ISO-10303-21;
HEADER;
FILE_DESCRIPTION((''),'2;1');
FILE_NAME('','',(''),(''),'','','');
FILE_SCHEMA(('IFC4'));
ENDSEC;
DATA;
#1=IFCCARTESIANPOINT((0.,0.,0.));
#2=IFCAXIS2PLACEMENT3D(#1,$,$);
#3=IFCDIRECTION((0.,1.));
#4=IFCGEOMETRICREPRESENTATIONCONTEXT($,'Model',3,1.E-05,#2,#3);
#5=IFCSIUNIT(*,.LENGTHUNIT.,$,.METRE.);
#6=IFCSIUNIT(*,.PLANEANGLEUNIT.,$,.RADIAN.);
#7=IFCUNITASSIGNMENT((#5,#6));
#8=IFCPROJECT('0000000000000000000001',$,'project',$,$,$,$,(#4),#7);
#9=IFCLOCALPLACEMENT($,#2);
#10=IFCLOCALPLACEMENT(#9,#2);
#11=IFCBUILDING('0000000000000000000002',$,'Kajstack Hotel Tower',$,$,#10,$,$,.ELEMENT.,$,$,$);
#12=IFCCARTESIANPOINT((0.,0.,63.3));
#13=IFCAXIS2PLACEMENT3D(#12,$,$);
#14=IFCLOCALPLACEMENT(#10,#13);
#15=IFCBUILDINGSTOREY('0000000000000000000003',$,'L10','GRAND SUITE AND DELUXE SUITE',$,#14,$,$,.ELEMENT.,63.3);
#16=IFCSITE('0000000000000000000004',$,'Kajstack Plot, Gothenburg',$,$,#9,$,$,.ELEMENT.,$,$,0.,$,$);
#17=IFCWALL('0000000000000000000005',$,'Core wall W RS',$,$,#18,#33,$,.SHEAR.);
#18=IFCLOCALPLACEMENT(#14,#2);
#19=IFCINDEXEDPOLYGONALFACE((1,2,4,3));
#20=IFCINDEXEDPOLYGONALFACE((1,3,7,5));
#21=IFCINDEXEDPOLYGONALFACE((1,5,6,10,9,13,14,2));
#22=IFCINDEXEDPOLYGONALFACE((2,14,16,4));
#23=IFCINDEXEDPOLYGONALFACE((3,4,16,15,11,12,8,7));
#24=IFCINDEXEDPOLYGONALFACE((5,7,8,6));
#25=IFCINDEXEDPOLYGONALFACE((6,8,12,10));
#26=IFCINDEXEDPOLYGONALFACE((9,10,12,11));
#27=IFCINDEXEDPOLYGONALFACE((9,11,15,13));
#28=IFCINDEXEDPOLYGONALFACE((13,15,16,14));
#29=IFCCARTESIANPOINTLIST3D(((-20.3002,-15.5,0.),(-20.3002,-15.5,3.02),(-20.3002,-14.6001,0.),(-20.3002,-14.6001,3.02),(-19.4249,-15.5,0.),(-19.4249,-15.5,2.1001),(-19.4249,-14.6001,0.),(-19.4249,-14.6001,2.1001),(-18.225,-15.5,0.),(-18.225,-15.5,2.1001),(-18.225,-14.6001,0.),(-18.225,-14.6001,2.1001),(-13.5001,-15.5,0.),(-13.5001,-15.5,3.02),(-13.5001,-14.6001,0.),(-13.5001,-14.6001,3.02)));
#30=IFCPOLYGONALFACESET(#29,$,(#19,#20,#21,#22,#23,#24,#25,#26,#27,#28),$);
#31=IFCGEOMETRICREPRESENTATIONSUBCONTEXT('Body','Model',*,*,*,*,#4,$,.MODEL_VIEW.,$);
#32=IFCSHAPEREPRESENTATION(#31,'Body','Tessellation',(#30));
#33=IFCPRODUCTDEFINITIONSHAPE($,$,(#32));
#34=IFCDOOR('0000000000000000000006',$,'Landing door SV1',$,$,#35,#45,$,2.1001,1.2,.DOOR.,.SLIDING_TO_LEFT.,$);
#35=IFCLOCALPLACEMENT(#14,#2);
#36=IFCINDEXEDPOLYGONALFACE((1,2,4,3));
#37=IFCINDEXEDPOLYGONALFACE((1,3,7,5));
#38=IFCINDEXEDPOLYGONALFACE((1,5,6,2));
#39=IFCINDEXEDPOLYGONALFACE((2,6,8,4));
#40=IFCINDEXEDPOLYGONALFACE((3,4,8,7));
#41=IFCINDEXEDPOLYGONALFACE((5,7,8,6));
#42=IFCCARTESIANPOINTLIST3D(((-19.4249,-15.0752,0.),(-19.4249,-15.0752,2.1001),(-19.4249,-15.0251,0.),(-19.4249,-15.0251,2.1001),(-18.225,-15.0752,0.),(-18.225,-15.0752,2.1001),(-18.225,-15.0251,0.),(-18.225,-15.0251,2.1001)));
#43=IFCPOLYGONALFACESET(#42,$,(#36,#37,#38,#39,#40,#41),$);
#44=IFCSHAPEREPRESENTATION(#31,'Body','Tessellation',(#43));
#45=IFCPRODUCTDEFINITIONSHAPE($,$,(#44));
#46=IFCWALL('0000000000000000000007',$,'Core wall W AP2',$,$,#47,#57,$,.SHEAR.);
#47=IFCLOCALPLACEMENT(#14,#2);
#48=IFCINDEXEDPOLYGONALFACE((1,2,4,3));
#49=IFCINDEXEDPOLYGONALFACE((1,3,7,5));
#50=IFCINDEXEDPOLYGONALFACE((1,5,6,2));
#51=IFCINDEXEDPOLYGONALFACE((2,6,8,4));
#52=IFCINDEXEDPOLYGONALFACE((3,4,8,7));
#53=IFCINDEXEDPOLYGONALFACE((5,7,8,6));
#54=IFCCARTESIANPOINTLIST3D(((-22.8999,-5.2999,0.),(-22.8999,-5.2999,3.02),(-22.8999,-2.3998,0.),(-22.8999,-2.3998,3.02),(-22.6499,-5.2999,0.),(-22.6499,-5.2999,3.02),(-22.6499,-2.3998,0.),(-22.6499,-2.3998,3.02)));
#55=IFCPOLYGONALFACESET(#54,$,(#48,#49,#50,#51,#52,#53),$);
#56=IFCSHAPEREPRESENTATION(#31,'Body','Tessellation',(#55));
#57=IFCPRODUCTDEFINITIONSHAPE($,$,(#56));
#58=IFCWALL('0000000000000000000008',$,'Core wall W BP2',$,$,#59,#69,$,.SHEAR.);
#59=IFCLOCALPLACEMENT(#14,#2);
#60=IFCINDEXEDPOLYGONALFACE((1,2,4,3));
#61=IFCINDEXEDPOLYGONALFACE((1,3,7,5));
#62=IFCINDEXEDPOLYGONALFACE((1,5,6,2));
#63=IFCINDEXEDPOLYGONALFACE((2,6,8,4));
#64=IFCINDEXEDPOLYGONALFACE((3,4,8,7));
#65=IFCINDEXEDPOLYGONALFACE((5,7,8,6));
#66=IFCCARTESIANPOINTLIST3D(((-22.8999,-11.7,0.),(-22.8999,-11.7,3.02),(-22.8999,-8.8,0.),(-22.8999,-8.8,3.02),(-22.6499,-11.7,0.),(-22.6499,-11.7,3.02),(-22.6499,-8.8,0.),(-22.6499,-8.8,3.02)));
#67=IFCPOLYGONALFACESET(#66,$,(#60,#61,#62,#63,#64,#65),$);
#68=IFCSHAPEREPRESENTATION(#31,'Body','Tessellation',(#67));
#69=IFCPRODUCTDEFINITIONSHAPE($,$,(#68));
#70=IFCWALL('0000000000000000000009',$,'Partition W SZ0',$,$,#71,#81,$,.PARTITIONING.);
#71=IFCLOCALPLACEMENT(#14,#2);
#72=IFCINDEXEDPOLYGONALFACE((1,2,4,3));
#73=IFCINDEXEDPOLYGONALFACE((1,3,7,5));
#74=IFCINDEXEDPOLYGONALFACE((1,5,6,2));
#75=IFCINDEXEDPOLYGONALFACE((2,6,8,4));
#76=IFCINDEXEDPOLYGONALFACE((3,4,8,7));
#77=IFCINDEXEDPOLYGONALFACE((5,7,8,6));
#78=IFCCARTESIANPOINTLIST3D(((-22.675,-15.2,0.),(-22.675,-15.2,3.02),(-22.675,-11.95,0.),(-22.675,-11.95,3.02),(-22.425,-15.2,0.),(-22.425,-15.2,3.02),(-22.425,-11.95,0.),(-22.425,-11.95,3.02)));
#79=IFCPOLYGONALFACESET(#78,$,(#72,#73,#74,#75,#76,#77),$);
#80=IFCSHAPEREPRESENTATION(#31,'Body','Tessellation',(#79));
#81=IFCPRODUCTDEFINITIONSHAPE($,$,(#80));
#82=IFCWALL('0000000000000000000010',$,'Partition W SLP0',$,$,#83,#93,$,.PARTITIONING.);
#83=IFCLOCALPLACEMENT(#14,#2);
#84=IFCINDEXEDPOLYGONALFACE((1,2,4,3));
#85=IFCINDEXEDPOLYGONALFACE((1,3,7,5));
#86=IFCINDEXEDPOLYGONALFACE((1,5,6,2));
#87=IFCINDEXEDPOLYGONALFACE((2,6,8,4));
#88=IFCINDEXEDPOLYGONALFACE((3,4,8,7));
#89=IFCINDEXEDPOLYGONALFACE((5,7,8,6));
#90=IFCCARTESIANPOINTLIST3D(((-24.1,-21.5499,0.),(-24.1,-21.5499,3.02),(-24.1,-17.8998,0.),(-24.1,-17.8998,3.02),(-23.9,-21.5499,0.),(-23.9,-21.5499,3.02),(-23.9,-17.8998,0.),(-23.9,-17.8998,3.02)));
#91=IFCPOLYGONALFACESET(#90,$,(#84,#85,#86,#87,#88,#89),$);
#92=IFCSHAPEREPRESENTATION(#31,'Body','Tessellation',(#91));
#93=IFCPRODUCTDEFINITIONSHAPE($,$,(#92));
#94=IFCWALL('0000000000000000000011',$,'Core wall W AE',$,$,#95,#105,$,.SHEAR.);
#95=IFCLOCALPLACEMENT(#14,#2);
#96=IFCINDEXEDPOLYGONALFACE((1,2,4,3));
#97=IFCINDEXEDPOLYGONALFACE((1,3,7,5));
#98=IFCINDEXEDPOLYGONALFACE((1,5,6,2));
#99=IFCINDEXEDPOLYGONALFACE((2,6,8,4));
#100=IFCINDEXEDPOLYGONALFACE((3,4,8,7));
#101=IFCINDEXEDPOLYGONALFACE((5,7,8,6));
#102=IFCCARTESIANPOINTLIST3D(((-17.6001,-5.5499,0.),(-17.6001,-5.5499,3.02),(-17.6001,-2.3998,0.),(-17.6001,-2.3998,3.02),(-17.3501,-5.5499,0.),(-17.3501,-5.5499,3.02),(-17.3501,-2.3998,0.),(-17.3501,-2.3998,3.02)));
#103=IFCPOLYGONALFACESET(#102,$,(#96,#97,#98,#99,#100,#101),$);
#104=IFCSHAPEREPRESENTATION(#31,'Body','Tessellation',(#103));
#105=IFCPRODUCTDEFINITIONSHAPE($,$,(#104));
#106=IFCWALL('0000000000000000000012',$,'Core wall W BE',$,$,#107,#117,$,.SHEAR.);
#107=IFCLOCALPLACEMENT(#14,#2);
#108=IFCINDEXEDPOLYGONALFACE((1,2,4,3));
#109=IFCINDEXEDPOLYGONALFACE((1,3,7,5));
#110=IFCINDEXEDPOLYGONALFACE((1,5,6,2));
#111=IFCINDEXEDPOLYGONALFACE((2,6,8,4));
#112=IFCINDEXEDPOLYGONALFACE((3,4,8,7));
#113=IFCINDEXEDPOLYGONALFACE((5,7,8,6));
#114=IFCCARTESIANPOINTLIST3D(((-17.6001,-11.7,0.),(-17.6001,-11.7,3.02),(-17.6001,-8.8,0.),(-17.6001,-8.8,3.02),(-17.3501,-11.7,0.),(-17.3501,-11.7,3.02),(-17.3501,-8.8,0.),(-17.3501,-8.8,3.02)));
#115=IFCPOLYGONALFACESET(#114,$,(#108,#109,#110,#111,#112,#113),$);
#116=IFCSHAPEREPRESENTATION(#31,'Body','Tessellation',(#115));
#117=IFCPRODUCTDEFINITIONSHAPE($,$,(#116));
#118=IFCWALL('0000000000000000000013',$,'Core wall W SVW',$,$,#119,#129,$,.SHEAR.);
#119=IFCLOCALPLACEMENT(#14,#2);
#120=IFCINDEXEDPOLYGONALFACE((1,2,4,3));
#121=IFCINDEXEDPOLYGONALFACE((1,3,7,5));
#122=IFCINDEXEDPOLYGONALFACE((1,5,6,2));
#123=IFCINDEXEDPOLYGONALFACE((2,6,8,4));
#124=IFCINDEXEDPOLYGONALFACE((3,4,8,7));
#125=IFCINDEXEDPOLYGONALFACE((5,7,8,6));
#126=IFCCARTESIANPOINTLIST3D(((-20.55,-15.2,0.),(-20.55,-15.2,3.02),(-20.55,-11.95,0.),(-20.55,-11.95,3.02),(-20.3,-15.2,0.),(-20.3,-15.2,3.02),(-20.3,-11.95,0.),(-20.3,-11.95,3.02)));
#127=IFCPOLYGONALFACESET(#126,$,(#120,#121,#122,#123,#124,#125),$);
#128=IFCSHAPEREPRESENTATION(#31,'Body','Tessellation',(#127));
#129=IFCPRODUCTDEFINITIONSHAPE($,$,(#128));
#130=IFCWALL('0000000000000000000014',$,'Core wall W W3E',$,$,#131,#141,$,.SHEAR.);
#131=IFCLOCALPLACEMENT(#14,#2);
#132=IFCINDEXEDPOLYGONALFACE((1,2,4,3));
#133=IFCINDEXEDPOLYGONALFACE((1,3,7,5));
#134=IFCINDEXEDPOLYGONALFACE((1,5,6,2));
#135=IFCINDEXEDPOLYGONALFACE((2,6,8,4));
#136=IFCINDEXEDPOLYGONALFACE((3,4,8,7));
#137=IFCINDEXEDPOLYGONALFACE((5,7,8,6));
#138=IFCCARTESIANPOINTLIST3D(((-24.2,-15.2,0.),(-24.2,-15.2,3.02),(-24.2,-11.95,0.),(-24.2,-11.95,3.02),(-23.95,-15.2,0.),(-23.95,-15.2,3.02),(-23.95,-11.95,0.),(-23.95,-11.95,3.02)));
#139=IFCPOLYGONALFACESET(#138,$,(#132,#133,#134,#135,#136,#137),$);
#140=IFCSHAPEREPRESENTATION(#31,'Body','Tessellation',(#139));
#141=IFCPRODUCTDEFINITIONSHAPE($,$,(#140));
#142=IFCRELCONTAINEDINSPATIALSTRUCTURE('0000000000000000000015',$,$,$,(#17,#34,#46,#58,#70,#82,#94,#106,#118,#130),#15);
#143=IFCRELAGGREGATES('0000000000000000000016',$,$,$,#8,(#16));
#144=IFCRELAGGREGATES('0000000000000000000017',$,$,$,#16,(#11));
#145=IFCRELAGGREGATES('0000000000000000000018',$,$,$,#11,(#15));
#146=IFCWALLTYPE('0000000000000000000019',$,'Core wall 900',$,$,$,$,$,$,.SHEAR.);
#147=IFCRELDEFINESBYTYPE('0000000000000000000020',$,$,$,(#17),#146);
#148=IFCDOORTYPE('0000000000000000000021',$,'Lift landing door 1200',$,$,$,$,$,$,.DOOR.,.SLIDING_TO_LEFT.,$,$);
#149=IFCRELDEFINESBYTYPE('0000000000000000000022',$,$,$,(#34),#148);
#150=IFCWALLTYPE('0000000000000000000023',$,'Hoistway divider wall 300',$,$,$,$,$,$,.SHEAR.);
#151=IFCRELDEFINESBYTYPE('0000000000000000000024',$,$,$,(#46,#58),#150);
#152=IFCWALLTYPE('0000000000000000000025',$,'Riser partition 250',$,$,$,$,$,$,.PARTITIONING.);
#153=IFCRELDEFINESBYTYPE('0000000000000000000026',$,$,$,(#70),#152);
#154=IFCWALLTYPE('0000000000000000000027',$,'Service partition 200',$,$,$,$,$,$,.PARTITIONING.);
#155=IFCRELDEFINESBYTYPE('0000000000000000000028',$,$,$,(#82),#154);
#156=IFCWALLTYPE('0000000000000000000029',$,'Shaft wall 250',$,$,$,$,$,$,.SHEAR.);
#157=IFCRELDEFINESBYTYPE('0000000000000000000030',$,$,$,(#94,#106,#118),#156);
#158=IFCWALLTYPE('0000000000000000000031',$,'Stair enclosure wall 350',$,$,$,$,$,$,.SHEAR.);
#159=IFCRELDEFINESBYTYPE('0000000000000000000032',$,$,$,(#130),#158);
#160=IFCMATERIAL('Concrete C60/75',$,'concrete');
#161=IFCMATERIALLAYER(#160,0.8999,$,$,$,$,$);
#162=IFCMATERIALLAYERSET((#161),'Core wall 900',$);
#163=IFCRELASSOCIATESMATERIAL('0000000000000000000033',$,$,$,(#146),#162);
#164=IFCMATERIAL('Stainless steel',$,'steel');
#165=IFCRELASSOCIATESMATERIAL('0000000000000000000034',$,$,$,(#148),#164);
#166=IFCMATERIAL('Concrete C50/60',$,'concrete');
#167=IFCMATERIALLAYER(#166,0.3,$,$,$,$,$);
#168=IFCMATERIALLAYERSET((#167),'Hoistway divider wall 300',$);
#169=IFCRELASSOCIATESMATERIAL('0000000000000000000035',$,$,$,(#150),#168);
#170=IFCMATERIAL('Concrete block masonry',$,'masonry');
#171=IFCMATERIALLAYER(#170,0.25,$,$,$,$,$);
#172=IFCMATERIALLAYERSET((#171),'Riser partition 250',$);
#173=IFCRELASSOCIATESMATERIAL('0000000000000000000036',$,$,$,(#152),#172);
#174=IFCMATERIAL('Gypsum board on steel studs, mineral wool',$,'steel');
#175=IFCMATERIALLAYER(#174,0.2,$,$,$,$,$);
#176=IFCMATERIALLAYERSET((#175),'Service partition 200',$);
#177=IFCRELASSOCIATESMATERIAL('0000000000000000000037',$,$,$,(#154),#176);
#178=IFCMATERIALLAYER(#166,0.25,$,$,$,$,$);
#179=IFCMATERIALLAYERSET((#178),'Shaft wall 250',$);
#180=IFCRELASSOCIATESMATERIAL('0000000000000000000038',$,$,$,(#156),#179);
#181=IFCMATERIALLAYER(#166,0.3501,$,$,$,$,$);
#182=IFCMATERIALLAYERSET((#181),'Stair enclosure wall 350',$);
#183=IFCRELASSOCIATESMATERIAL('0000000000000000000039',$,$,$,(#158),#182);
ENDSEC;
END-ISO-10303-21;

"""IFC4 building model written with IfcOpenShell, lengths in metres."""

from ifc_helpers import new_model, si_unit, direction, frame, frame_2d, origin, place, context, subcontext, project, spatial, rectangle, extrude, material, layer, layer_set, type_object, element, fill, save


model = new_model("IFC4")

# Units and contexts
model_context = context("Model", 3, precision=1e-05, world=origin(), true_north=direction((0.0, 1.0)))
body_context = subcontext(model_context, "Body", "Model", "MODEL_VIEW")
ifc_project = project(units=[si_unit("LENGTHUNIT", "METRE"), si_unit("PLANEANGLEUNIT", "RADIAN")], contexts=[model_context])

# Site, building, storey
site_placement = place(None, origin())
site = spatial("IfcSite", under=ifc_project, at=site_placement, Name="Kajstack Plot, Gothenburg", CompositionType="ELEMENT", RefElevation=0.0)
building_placement = place(site_placement, origin())
building = spatial("IfcBuilding", under=site, at=building_placement, Name="Kajstack Hotel Tower", CompositionType="ELEMENT")
storey_placement = place(building_placement, frame((0.0, 0.0, 63.3)))
storey = spatial("IfcBuildingStorey", under=building, at=storey_placement, Name="L10", Description="GRAND SUITE AND DELUXE SUITE", CompositionType="ELEMENT", Elevation=63.3)

# Wall, opening, door
ifc_material_1 = material(Name="Concrete C60/75", Category="concrete")
ifc_layer_1 = layer(ifc_material_1, 0.8999)
ifc_layer_set_1 = layer_set([ifc_layer_1], Name="Core wall 900")
wall_type_1 = type_object("IfcWallType", Name="Core wall 900", PredefinedType="SHEAR", material=ifc_layer_set_1)
wall_1_placement = place(storey_placement, frame((-20.3, -15.05, 0.0), z_axis=(0.0, 0.0, 1.0), x_axis=(1.0, 0.0, 0.0)))
wall_1 = element("IfcWall", 1, at=wall_1_placement, inside=storey, type_object=wall_type_1, Name="Core wall W RS", PredefinedType="SHEAR", context=body_context, shape_type="SweptSolid", body=[
    extrude(rectangle(XDim=6.8, YDim=0.8999, at=frame_2d((3.3999, 0.0))), origin(), (0.0, 0.0, 1.0), 3.02),
])
opening_placement = place(wall_1_placement, frame((0.875, 0.0, 0.0)))
opening = element("IfcOpeningElement", 2, at=opening_placement, cuts=wall_1, PredefinedType="OPENING", context=body_context, shape_type="SweptSolid", body=[
    extrude(rectangle(XDim=1.2, YDim=2.1001, at=frame_2d((0.6001, 1.05))), frame((0.0, 0.46, 0.0), z_axis=(0.0, -1.0, 0.0), x_axis=(1.0, 0.0, 0.0)), (0.0, 0.0, 1.0), 0.9199),
])
ifc_material_2 = material(Name="Stainless steel", Category="steel")
door_type = type_object("IfcDoorType", Name="Lift landing door 1200", OperationType="SLIDING_TO_LEFT", PredefinedType="DOOR", material=ifc_material_2)
door_placement = place(opening_placement, origin())
door = element("IfcDoor", 3, at=door_placement, inside=storey, type_object=door_type, Name="Landing door SV1", OperationType="SLIDING_TO_LEFT", OverallHeight=2.1001, OverallWidth=1.2, PredefinedType="DOOR", context=body_context, shape_type="SweptSolid", body=[
    extrude(rectangle(XDim=1.2, YDim=2.1001, at=frame_2d((0.6001, 1.05))), frame((0.0, 0.0249, 0.0), z_axis=(0.0, -1.0, 0.0), x_axis=(1.0, 0.0, 0.0)), (0.0, 0.0, 1.0), 0.05),
])
fill(opening, door)

# Walls
ifc_material_3 = material(Name="Concrete C50/60", Category="concrete")
ifc_layer_2 = layer(ifc_material_3, 0.3)
ifc_layer_set_2 = layer_set([ifc_layer_2], Name="Hoistway divider wall 300")
wall_type_2 = type_object("IfcWallType", Name="Hoistway divider wall 300", PredefinedType="SHEAR", material=ifc_layer_set_2)
wall_2_placement = place(storey_placement, frame((-22.7749, -5.3, 0.0), z_axis=(0.0, 0.0, 1.0), x_axis=(0.0, 1.0, 0.0)))
element("IfcWall", 4, at=wall_2_placement, inside=storey, type_object=wall_type_2, Name="Core wall W AP2", PredefinedType="SHEAR", context=body_context, shape_type="SweptSolid", body=[
    extrude(rectangle(XDim=2.9001, YDim=0.25, at=frame_2d((1.4502, 0.0))), origin(), (0.0, 0.0, 1.0), 3.02),
])
wall_3_placement = place(storey_placement, frame((-22.7749, -11.7, 0.0), z_axis=(0.0, 0.0, 1.0), x_axis=(0.0, 1.0, 0.0)))
element("IfcWall", 5, at=wall_3_placement, inside=storey, type_object=wall_type_2, Name="Core wall W BP2", PredefinedType="SHEAR", context=body_context, shape_type="SweptSolid", body=[
    extrude(rectangle(XDim=2.8999, YDim=0.25, at=frame_2d((1.45, 0.0))), origin(), (0.0, 0.0, 1.0), 3.02),
])
ifc_material_4 = material(Name="Concrete block masonry", Category="masonry")
ifc_layer_3 = layer(ifc_material_4, 0.25)
ifc_layer_set_3 = layer_set([ifc_layer_3], Name="Riser partition 250")
wall_type_3 = type_object("IfcWallType", Name="Riser partition 250", PredefinedType="PARTITIONING", material=ifc_layer_set_3)
wall_4_placement = place(storey_placement, frame((-22.55, -15.2, 0.0), z_axis=(0.0, 0.0, 1.0), x_axis=(0.0, 1.0, 0.0)))
element("IfcWall", 6, at=wall_4_placement, inside=storey, type_object=wall_type_3, Name="Partition W SZ0", PredefinedType="PARTITIONING", context=body_context, shape_type="SweptSolid", body=[
    extrude(rectangle(XDim=3.25, YDim=0.25, at=frame_2d((1.625, 0.0))), origin(), (0.0, 0.0, 1.0), 3.02),
])
ifc_material_5 = material(Name="Gypsum board on steel studs, mineral wool", Category="steel")
ifc_layer_4 = layer(ifc_material_5, 0.2)
ifc_layer_set_4 = layer_set([ifc_layer_4], Name="Service partition 200")
wall_type_4 = type_object("IfcWallType", Name="Service partition 200", PredefinedType="PARTITIONING", material=ifc_layer_set_4)
wall_5_placement = place(storey_placement, frame((-24.0, -21.55, 0.0), z_axis=(0.0, 0.0, 1.0), x_axis=(0.0, 1.0, 0.0)))
element("IfcWall", 7, at=wall_5_placement, inside=storey, type_object=wall_type_4, Name="Partition W SLP0", PredefinedType="PARTITIONING", context=body_context, shape_type="SweptSolid", body=[
    extrude(rectangle(XDim=3.6501, YDim=0.2, at=frame_2d((1.8252, 0.0))), origin(), (0.0, 0.0, 1.0), 3.02),
])
ifc_layer_5 = layer(ifc_material_3, 0.25)
ifc_layer_set_5 = layer_set([ifc_layer_5], Name="Shaft wall 250")
wall_type_5 = type_object("IfcWallType", Name="Shaft wall 250", PredefinedType="SHEAR", material=ifc_layer_set_5)
wall_6_placement = place(storey_placement, frame((-17.4751, -5.55, 0.0), z_axis=(0.0, 0.0, 1.0), x_axis=(0.0, 1.0, 0.0)))
element("IfcWall", 8, at=wall_6_placement, inside=storey, type_object=wall_type_5, Name="Core wall W AE", PredefinedType="SHEAR", context=body_context, shape_type="SweptSolid", body=[
    extrude(rectangle(XDim=3.1501, YDim=0.25, at=frame_2d((1.5752, 0.0))), origin(), (0.0, 0.0, 1.0), 3.02),
])
wall_7_placement = place(storey_placement, frame((-17.4751, -11.7, 0.0), z_axis=(0.0, 0.0, 1.0), x_axis=(0.0, 1.0, 0.0)))
element("IfcWall", 9, at=wall_7_placement, inside=storey, type_object=wall_type_5, Name="Core wall W BE", PredefinedType="SHEAR", context=body_context, shape_type="SweptSolid", body=[
    extrude(rectangle(XDim=2.8999, YDim=0.25, at=frame_2d((1.45, 0.0))), origin(), (0.0, 0.0, 1.0), 3.02),
])
wall_8_placement = place(storey_placement, frame((-20.425, -15.2, 0.0), z_axis=(0.0, 0.0, 1.0), x_axis=(0.0, 1.0, 0.0)))
element("IfcWall", 10, at=wall_8_placement, inside=storey, type_object=wall_type_5, Name="Core wall W SVW", PredefinedType="SHEAR", context=body_context, shape_type="SweptSolid", body=[
    extrude(rectangle(XDim=3.25, YDim=0.25, at=frame_2d((1.625, 0.0))), origin(), (0.0, 0.0, 1.0), 3.02),
])
ifc_layer_6 = layer(ifc_material_3, 0.3501)
ifc_layer_set_6 = layer_set([ifc_layer_6], Name="Stair enclosure wall 350")
wall_type_6 = type_object("IfcWallType", Name="Stair enclosure wall 350", PredefinedType="SHEAR", material=ifc_layer_set_6)
wall_9_placement = place(storey_placement, frame((-24.075, -15.2, 0.0), z_axis=(0.0, 0.0, 1.0), x_axis=(0.0, 1.0, 0.0)))
element("IfcWall", 11, at=wall_9_placement, inside=storey, type_object=wall_type_6, Name="Core wall W W3E", PredefinedType="SHEAR", context=body_context, shape_type="SweptSolid", body=[
    extrude(rectangle(XDim=3.25, YDim=0.25, at=frame_2d((1.625, 0.0))), origin(), (0.0, 0.0, 1.0), 3.02),
])

save(model, "model.ifc")
